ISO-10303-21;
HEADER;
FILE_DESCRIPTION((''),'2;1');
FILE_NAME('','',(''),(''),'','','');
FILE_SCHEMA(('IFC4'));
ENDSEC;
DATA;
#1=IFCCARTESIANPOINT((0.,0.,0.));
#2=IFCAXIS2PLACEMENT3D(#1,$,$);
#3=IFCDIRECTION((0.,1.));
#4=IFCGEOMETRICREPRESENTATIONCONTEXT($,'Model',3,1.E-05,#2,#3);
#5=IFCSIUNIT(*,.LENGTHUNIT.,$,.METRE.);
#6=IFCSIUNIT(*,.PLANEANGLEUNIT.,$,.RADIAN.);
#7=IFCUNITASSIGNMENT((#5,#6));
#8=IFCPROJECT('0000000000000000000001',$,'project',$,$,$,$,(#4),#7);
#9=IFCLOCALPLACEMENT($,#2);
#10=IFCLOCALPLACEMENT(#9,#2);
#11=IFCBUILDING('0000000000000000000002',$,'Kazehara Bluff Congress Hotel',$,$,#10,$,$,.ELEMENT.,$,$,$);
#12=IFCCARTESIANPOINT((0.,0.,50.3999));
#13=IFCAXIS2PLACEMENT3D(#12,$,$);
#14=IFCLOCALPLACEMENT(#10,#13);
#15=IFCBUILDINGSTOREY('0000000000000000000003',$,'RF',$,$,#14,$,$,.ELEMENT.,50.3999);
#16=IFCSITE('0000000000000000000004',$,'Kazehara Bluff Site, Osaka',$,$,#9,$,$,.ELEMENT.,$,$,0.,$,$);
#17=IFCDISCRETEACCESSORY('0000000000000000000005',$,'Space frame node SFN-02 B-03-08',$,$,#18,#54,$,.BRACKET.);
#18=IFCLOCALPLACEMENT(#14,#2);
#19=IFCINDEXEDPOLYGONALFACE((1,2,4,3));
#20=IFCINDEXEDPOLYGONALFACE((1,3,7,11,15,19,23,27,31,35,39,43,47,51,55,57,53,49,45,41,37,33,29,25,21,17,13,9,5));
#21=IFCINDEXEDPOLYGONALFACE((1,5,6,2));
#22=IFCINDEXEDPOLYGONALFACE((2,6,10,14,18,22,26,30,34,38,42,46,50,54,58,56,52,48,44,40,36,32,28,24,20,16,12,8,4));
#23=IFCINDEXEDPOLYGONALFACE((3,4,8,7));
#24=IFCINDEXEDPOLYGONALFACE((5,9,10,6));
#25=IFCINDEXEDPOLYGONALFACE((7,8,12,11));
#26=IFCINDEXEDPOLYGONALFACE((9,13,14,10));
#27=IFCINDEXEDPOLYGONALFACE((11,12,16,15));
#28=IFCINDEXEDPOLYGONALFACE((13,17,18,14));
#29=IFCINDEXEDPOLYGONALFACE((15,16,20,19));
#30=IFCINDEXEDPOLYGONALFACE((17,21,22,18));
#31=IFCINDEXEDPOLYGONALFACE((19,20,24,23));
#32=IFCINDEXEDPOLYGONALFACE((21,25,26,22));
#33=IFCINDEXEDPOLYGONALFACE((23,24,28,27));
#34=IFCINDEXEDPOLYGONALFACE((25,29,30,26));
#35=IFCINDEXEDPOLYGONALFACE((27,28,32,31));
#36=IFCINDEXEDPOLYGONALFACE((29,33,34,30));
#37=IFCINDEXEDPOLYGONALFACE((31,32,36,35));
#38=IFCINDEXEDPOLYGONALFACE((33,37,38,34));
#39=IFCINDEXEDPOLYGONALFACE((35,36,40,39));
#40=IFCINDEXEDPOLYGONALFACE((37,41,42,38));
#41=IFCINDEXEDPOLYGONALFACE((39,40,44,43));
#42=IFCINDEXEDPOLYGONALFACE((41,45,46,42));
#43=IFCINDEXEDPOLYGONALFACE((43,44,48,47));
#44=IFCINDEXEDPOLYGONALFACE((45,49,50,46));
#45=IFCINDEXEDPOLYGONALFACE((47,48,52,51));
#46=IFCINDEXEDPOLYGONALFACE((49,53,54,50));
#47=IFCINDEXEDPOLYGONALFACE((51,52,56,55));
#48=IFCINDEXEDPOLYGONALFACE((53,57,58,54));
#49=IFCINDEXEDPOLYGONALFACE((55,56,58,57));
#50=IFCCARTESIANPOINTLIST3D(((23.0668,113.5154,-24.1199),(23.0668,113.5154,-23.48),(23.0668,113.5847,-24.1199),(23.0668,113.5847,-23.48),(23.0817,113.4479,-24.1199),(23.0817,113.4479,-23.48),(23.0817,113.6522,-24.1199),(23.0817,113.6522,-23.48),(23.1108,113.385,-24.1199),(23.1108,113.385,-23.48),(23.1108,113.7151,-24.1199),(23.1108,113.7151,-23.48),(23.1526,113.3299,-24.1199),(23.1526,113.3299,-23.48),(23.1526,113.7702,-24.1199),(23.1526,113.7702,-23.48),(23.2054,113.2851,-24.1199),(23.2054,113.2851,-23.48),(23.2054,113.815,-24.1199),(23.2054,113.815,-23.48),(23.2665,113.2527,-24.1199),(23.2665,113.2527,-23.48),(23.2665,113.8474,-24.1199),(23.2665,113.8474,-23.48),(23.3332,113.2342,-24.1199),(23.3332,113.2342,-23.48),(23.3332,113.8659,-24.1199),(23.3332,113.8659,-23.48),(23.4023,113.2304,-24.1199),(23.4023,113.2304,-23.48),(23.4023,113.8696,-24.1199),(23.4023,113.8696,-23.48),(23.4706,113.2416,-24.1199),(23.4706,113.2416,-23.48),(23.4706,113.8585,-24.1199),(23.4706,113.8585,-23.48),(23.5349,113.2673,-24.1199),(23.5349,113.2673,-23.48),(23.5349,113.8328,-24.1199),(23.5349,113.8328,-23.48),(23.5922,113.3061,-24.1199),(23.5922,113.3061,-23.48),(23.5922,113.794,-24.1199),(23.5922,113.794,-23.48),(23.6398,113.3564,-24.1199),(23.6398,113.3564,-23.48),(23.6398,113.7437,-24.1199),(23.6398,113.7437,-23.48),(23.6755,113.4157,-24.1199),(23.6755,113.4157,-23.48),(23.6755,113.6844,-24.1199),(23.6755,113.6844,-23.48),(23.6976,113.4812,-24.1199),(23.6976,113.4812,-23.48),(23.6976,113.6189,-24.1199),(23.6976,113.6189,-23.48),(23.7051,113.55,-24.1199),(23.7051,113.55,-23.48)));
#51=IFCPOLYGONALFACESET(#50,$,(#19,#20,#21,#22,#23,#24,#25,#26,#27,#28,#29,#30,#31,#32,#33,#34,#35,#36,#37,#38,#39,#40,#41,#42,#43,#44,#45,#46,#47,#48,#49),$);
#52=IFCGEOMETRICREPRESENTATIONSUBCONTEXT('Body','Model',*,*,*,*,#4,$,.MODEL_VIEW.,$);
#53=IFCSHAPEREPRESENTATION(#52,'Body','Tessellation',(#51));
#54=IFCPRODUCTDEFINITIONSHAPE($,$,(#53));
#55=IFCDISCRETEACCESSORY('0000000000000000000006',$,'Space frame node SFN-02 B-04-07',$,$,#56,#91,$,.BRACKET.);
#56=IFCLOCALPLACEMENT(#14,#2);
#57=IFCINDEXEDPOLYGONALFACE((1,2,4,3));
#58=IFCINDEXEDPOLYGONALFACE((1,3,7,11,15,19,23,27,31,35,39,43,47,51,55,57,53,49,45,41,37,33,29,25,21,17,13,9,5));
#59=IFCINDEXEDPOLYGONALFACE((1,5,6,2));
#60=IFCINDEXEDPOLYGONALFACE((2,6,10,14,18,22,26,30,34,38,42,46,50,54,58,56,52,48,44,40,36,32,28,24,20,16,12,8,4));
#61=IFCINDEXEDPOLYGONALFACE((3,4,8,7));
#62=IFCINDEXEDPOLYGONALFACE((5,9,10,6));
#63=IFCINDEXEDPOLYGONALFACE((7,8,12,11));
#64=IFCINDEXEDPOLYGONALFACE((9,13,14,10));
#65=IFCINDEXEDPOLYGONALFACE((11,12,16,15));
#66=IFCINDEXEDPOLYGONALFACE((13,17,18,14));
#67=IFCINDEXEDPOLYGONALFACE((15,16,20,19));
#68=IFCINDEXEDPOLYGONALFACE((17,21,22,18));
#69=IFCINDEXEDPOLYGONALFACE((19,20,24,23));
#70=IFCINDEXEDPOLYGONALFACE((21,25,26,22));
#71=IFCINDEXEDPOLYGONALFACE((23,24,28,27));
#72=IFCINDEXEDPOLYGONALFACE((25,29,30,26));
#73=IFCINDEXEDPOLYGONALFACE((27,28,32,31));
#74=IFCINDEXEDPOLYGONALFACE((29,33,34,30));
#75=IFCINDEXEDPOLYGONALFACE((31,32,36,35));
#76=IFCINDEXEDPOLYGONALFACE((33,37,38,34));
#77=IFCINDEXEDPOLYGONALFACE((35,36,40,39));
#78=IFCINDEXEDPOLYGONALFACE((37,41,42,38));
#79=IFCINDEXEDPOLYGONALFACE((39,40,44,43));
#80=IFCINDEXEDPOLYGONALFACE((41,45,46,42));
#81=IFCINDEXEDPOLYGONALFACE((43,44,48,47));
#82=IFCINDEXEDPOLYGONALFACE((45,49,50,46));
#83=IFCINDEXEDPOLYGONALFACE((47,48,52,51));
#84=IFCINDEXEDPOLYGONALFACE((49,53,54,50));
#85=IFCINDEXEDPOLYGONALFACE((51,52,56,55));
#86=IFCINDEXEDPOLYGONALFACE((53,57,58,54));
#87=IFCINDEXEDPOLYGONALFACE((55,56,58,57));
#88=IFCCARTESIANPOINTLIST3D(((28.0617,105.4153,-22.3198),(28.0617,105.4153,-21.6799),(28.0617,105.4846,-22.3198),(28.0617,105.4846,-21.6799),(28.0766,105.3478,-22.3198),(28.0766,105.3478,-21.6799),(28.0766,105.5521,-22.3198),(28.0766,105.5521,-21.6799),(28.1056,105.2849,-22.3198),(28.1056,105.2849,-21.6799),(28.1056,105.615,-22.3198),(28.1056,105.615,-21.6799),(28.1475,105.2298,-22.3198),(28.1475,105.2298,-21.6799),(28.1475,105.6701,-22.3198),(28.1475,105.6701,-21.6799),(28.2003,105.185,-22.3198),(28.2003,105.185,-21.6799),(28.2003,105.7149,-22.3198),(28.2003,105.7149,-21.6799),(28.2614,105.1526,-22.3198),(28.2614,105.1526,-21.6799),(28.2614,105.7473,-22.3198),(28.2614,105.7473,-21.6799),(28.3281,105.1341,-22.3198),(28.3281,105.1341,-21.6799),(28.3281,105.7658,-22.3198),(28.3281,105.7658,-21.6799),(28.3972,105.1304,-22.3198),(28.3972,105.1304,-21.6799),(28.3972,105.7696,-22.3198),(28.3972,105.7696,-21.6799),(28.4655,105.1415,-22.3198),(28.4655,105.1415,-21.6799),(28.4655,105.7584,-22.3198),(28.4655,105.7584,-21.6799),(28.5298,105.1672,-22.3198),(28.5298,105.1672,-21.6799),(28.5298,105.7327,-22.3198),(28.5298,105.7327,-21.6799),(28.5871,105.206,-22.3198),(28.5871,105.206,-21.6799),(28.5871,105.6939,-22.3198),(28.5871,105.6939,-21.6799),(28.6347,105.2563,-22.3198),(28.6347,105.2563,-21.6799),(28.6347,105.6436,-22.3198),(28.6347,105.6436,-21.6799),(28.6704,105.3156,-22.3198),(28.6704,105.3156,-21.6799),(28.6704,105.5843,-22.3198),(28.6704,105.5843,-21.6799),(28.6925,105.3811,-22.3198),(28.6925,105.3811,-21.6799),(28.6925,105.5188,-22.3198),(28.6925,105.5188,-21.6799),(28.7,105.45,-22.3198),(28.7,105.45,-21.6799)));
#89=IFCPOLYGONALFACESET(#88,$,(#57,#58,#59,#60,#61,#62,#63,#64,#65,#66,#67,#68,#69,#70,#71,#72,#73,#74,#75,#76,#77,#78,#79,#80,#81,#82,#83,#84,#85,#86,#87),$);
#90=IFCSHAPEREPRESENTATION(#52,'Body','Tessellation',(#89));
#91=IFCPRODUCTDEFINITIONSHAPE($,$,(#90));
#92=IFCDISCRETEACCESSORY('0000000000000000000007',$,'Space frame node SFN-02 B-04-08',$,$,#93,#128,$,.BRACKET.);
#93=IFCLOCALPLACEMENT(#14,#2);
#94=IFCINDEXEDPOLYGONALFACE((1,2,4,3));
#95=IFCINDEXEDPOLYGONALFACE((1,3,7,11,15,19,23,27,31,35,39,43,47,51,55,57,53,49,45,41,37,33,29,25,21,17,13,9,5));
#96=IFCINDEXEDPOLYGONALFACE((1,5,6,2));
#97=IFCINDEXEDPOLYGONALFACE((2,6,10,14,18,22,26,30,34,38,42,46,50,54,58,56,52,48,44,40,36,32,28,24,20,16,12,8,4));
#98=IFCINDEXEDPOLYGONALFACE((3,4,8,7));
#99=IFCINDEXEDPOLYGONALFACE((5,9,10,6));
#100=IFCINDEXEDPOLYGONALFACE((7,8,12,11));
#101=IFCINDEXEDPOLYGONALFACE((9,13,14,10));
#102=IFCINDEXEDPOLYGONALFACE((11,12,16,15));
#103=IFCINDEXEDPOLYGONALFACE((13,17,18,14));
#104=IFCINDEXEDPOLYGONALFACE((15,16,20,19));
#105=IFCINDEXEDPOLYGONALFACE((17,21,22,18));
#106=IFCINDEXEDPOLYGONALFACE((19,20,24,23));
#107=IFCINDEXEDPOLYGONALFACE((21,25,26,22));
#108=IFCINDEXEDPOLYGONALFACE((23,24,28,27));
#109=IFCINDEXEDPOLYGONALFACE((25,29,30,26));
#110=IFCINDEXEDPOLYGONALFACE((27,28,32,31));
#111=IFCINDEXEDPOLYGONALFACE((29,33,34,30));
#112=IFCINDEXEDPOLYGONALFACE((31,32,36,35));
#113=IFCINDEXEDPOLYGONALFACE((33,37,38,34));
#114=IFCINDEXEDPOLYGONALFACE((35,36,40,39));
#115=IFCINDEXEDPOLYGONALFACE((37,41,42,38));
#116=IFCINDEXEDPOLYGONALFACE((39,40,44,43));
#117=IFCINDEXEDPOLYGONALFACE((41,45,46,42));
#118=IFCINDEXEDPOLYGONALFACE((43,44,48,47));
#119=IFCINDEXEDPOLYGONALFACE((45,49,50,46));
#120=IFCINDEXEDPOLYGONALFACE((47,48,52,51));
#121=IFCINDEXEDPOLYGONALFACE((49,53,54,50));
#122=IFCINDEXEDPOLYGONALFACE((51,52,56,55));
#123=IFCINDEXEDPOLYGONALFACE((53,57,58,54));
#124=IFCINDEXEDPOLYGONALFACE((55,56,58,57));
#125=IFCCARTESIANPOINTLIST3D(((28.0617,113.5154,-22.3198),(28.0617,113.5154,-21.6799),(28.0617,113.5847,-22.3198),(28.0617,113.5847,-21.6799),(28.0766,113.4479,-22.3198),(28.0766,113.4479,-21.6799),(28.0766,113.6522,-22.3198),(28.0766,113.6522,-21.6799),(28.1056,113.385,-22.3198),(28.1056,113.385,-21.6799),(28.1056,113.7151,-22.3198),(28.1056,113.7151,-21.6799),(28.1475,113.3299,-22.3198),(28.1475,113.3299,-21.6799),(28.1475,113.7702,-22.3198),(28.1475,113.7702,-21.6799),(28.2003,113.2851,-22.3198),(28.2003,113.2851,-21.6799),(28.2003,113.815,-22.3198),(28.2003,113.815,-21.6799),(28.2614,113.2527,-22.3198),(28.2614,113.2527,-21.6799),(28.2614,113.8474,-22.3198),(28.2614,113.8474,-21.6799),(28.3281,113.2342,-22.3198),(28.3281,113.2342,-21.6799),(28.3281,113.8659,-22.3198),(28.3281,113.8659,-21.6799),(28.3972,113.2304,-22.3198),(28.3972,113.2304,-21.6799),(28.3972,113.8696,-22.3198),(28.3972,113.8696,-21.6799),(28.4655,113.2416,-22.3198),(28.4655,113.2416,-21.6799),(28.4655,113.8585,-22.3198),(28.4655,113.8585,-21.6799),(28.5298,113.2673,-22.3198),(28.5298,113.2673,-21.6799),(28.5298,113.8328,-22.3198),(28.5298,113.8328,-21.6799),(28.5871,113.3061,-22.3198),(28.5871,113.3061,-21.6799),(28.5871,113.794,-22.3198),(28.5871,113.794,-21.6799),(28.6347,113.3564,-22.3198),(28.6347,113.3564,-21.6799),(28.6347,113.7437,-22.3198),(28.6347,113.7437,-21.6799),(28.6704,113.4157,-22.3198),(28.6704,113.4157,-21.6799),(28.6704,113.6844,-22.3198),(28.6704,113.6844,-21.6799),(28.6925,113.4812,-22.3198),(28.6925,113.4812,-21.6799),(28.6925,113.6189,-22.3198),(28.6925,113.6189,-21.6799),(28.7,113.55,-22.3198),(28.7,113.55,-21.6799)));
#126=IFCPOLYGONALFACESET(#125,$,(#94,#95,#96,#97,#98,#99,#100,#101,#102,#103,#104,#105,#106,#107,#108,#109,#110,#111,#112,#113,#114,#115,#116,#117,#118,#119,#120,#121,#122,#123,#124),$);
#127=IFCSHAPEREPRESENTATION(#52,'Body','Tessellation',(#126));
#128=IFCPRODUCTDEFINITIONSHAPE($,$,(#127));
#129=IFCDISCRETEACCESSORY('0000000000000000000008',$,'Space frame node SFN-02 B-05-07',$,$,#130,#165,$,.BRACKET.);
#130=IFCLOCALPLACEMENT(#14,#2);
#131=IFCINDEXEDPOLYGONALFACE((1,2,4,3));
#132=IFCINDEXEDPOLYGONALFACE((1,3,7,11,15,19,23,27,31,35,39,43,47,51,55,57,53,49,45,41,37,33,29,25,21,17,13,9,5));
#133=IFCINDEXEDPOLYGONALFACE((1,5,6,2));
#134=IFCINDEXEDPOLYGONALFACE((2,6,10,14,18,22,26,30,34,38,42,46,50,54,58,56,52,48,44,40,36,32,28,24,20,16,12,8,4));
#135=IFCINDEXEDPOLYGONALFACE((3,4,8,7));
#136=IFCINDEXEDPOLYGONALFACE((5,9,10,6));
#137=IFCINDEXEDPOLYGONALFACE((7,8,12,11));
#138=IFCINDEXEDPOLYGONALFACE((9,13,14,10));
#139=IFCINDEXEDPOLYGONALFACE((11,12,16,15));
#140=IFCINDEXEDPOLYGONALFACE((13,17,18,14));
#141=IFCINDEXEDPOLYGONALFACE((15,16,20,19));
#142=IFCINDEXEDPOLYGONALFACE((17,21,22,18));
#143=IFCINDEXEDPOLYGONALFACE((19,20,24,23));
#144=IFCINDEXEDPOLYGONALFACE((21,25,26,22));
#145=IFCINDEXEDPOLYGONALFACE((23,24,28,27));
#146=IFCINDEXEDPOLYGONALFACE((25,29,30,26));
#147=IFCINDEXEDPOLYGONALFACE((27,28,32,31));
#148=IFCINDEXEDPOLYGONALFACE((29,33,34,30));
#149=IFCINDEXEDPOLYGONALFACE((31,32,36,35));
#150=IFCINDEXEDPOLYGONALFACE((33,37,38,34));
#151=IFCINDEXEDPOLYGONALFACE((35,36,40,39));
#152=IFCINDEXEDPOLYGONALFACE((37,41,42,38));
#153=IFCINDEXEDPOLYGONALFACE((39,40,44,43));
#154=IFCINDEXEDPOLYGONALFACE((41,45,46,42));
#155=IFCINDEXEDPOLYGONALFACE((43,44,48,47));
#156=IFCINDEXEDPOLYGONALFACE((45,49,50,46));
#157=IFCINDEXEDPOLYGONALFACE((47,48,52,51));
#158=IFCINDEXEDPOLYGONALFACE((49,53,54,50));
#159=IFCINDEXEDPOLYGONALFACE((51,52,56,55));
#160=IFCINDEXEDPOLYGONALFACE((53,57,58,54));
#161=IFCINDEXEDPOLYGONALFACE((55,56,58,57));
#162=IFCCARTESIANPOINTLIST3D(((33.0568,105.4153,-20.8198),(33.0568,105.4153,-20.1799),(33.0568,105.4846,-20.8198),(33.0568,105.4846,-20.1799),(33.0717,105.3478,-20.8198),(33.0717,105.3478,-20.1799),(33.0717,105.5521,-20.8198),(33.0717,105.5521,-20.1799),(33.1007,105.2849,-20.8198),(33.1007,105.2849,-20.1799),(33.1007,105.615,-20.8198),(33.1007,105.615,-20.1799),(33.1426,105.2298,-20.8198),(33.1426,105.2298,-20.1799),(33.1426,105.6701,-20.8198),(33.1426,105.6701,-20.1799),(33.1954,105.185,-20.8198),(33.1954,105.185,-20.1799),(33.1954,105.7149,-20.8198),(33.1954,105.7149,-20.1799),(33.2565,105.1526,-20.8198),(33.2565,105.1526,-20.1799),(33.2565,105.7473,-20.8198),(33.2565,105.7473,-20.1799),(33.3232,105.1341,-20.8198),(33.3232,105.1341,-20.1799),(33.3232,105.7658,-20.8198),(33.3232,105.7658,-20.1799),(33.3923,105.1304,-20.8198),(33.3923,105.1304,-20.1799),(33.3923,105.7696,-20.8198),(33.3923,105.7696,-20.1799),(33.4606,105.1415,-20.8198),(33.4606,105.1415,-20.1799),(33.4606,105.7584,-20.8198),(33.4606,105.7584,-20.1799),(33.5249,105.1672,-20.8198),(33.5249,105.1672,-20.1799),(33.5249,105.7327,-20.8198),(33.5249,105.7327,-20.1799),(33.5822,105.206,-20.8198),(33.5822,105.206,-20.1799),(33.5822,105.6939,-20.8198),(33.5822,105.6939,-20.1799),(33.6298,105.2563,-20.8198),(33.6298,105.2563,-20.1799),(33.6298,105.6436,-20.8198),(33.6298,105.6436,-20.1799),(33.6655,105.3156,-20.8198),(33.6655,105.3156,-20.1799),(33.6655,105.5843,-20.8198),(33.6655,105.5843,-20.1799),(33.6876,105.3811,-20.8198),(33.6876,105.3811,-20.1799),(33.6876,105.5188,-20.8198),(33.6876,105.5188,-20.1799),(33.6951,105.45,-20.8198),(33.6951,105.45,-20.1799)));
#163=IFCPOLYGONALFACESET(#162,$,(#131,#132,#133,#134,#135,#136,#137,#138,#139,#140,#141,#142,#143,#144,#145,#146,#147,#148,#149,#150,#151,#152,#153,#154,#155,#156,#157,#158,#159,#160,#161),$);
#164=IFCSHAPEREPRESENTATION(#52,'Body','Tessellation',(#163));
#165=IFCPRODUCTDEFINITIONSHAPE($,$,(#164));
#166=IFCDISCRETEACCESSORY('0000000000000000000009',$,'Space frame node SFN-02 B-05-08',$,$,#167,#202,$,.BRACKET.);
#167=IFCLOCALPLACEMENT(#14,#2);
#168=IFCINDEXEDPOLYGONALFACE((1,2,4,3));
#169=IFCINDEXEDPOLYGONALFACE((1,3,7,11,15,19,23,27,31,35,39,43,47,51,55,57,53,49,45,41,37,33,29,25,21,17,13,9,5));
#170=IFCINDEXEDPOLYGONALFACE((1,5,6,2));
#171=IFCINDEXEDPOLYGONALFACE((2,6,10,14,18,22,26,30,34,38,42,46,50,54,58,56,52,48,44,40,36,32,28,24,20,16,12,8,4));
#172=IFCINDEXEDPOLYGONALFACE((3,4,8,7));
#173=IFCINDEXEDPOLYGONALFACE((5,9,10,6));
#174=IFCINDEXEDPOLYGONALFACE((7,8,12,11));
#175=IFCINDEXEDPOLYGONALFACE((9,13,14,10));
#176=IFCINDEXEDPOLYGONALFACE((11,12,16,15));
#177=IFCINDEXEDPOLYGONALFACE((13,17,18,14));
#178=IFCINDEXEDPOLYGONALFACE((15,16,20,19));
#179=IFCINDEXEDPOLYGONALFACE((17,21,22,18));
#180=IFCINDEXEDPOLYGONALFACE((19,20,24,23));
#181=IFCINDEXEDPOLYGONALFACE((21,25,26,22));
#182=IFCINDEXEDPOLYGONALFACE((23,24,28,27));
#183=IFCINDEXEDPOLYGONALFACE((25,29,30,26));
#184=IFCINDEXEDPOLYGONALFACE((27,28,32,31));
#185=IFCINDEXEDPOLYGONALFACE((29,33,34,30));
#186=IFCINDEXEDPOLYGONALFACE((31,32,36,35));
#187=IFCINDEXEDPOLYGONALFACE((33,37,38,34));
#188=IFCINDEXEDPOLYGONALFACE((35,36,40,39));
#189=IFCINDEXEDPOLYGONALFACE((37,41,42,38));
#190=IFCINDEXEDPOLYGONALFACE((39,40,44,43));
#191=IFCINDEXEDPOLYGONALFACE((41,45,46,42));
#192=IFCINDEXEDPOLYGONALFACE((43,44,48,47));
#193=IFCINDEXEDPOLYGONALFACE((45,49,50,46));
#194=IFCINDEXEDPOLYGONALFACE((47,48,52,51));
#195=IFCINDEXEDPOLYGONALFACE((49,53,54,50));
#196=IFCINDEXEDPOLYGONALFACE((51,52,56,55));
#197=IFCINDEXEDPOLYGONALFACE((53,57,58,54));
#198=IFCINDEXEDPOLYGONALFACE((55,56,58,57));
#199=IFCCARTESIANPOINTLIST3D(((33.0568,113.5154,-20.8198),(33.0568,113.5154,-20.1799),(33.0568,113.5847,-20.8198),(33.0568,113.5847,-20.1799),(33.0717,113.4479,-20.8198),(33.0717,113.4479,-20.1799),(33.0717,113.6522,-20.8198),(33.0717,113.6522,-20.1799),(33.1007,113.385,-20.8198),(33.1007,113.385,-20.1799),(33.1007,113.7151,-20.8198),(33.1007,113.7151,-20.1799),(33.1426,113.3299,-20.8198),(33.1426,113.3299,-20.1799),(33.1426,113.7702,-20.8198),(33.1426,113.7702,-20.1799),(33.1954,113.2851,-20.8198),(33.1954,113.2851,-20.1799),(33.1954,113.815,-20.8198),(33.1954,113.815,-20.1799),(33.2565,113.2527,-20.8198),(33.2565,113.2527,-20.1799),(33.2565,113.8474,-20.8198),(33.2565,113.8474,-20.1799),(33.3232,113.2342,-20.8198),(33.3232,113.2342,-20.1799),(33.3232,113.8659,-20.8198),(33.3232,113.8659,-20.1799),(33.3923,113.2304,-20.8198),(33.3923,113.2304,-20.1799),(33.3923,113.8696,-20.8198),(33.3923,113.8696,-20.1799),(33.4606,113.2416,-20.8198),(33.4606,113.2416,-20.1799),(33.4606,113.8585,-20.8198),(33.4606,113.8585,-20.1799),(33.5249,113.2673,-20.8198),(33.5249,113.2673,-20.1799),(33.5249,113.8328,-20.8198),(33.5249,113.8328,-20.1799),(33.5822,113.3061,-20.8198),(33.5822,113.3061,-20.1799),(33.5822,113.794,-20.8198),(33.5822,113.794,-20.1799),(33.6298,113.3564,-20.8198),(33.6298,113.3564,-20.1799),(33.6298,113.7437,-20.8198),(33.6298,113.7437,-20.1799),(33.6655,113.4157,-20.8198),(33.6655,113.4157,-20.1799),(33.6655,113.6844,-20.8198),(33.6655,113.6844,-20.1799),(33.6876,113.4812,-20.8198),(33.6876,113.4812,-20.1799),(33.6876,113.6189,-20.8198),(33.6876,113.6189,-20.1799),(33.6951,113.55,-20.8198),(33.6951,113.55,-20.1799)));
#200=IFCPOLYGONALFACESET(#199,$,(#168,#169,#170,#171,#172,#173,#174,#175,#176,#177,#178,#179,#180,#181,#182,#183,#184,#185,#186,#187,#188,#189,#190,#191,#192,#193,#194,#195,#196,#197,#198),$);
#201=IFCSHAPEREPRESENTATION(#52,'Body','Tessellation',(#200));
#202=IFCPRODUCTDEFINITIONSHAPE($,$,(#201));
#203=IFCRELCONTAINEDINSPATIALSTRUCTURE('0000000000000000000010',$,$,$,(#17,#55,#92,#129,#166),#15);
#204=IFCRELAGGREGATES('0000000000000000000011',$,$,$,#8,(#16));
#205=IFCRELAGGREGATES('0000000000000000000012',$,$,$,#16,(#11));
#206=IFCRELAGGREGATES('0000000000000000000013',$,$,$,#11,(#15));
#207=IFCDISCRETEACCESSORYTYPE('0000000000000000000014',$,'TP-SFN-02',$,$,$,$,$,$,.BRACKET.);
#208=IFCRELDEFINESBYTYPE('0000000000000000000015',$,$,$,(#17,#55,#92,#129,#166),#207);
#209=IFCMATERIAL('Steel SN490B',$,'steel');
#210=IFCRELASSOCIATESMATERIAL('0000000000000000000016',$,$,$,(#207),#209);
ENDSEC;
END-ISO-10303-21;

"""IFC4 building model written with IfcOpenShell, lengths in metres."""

from ifc_helpers import new_model, si_unit, direction, frame, origin, origin_2d, place, context, subcontext, project, spatial, circle, extrude, material, material_profile, profile_set, type_object, element, save


model = new_model("IFC4")

# Units and contexts
model_context = context("Model", 3, precision=1e-05, world=origin(), true_north=direction((0.0, 1.0)))
body_context = subcontext(model_context, "Body", "Model", "MODEL_VIEW")
ifc_project = project(units=[si_unit("LENGTHUNIT", "METRE"), si_unit("PLANEANGLEUNIT", "RADIAN")], contexts=[model_context])

# Site, building, storey
site_placement = place(None, origin())
site = spatial("IfcSite", under=ifc_project, at=site_placement, Name="Kazehara Bluff Site, Osaka", CompositionType="ELEMENT", RefElevation=0.0)
building_placement = place(site_placement, origin())
building = spatial("IfcBuilding", under=site, at=building_placement, Name="Kazehara Bluff Congress Hotel", CompositionType="ELEMENT")
storey_placement = place(building_placement, frame((0.0, 0.0, 50.3999)))
storey = spatial("IfcBuildingStorey", under=building, at=storey_placement, Name="RF", CompositionType="ELEMENT", Elevation=50.3999)

# Discrete accessories
ifc_material_1 = material(Name="Steel SN490B", Category="steel")
ifc_material_profile_1 = material_profile(ifc_material_1, circle(Radius=0.3201, at=origin_2d()))
ifc_profile_set_1 = profile_set([ifc_material_profile_1], Name="Steel SN490B")
discrete_accessory_type_1 = type_object("IfcDiscreteAccessoryType", Name="TP-SFN-02", PredefinedType="BRACKET", material=ifc_profile_set_1)
for number, where, z_axis, x_axis, name in (
    (1, (23.385, 113.55, -24.1199), (0.0, 0.0, 1.0), (1.0, 0.0, 0.0), "Space frame node SFN-02 B-03-08"),
    (2, (28.3799, 105.45, -22.3198), (0.0, 0.0, 1.0), (1.0, 0.0, 0.0), "Space frame node SFN-02 B-04-07"),
    (3, (28.3799, 113.55, -22.3198), (0.0, 0.0, 1.0), (1.0, 0.0, 0.0), "Space frame node SFN-02 B-04-08"),
    (4, (33.375, 105.45, -20.8198), (0.0, 0.0, 1.0), (1.0, 0.0, 0.0), "Space frame node SFN-02 B-05-07"),
    (5, (33.375, 113.55, -20.8198), (0.0, 0.0, 1.0), (1.0, 0.0, 0.0), "Space frame node SFN-02 B-05-08"),
):
    element("IfcDiscreteAccessory", number, at=place(storey_placement, frame(where, z_axis=z_axis, x_axis=x_axis)), inside=storey, type_object=discrete_accessory_type_1, Name=name, PredefinedType="BRACKET", context=body_context, shape_type="SweptSolid", body=[
        extrude(circle(Radius=0.3201, at=origin_2d()), origin(), (0.0, 0.0, 1.0), 0.6399),
    ])

save(model, "model.ifc")
